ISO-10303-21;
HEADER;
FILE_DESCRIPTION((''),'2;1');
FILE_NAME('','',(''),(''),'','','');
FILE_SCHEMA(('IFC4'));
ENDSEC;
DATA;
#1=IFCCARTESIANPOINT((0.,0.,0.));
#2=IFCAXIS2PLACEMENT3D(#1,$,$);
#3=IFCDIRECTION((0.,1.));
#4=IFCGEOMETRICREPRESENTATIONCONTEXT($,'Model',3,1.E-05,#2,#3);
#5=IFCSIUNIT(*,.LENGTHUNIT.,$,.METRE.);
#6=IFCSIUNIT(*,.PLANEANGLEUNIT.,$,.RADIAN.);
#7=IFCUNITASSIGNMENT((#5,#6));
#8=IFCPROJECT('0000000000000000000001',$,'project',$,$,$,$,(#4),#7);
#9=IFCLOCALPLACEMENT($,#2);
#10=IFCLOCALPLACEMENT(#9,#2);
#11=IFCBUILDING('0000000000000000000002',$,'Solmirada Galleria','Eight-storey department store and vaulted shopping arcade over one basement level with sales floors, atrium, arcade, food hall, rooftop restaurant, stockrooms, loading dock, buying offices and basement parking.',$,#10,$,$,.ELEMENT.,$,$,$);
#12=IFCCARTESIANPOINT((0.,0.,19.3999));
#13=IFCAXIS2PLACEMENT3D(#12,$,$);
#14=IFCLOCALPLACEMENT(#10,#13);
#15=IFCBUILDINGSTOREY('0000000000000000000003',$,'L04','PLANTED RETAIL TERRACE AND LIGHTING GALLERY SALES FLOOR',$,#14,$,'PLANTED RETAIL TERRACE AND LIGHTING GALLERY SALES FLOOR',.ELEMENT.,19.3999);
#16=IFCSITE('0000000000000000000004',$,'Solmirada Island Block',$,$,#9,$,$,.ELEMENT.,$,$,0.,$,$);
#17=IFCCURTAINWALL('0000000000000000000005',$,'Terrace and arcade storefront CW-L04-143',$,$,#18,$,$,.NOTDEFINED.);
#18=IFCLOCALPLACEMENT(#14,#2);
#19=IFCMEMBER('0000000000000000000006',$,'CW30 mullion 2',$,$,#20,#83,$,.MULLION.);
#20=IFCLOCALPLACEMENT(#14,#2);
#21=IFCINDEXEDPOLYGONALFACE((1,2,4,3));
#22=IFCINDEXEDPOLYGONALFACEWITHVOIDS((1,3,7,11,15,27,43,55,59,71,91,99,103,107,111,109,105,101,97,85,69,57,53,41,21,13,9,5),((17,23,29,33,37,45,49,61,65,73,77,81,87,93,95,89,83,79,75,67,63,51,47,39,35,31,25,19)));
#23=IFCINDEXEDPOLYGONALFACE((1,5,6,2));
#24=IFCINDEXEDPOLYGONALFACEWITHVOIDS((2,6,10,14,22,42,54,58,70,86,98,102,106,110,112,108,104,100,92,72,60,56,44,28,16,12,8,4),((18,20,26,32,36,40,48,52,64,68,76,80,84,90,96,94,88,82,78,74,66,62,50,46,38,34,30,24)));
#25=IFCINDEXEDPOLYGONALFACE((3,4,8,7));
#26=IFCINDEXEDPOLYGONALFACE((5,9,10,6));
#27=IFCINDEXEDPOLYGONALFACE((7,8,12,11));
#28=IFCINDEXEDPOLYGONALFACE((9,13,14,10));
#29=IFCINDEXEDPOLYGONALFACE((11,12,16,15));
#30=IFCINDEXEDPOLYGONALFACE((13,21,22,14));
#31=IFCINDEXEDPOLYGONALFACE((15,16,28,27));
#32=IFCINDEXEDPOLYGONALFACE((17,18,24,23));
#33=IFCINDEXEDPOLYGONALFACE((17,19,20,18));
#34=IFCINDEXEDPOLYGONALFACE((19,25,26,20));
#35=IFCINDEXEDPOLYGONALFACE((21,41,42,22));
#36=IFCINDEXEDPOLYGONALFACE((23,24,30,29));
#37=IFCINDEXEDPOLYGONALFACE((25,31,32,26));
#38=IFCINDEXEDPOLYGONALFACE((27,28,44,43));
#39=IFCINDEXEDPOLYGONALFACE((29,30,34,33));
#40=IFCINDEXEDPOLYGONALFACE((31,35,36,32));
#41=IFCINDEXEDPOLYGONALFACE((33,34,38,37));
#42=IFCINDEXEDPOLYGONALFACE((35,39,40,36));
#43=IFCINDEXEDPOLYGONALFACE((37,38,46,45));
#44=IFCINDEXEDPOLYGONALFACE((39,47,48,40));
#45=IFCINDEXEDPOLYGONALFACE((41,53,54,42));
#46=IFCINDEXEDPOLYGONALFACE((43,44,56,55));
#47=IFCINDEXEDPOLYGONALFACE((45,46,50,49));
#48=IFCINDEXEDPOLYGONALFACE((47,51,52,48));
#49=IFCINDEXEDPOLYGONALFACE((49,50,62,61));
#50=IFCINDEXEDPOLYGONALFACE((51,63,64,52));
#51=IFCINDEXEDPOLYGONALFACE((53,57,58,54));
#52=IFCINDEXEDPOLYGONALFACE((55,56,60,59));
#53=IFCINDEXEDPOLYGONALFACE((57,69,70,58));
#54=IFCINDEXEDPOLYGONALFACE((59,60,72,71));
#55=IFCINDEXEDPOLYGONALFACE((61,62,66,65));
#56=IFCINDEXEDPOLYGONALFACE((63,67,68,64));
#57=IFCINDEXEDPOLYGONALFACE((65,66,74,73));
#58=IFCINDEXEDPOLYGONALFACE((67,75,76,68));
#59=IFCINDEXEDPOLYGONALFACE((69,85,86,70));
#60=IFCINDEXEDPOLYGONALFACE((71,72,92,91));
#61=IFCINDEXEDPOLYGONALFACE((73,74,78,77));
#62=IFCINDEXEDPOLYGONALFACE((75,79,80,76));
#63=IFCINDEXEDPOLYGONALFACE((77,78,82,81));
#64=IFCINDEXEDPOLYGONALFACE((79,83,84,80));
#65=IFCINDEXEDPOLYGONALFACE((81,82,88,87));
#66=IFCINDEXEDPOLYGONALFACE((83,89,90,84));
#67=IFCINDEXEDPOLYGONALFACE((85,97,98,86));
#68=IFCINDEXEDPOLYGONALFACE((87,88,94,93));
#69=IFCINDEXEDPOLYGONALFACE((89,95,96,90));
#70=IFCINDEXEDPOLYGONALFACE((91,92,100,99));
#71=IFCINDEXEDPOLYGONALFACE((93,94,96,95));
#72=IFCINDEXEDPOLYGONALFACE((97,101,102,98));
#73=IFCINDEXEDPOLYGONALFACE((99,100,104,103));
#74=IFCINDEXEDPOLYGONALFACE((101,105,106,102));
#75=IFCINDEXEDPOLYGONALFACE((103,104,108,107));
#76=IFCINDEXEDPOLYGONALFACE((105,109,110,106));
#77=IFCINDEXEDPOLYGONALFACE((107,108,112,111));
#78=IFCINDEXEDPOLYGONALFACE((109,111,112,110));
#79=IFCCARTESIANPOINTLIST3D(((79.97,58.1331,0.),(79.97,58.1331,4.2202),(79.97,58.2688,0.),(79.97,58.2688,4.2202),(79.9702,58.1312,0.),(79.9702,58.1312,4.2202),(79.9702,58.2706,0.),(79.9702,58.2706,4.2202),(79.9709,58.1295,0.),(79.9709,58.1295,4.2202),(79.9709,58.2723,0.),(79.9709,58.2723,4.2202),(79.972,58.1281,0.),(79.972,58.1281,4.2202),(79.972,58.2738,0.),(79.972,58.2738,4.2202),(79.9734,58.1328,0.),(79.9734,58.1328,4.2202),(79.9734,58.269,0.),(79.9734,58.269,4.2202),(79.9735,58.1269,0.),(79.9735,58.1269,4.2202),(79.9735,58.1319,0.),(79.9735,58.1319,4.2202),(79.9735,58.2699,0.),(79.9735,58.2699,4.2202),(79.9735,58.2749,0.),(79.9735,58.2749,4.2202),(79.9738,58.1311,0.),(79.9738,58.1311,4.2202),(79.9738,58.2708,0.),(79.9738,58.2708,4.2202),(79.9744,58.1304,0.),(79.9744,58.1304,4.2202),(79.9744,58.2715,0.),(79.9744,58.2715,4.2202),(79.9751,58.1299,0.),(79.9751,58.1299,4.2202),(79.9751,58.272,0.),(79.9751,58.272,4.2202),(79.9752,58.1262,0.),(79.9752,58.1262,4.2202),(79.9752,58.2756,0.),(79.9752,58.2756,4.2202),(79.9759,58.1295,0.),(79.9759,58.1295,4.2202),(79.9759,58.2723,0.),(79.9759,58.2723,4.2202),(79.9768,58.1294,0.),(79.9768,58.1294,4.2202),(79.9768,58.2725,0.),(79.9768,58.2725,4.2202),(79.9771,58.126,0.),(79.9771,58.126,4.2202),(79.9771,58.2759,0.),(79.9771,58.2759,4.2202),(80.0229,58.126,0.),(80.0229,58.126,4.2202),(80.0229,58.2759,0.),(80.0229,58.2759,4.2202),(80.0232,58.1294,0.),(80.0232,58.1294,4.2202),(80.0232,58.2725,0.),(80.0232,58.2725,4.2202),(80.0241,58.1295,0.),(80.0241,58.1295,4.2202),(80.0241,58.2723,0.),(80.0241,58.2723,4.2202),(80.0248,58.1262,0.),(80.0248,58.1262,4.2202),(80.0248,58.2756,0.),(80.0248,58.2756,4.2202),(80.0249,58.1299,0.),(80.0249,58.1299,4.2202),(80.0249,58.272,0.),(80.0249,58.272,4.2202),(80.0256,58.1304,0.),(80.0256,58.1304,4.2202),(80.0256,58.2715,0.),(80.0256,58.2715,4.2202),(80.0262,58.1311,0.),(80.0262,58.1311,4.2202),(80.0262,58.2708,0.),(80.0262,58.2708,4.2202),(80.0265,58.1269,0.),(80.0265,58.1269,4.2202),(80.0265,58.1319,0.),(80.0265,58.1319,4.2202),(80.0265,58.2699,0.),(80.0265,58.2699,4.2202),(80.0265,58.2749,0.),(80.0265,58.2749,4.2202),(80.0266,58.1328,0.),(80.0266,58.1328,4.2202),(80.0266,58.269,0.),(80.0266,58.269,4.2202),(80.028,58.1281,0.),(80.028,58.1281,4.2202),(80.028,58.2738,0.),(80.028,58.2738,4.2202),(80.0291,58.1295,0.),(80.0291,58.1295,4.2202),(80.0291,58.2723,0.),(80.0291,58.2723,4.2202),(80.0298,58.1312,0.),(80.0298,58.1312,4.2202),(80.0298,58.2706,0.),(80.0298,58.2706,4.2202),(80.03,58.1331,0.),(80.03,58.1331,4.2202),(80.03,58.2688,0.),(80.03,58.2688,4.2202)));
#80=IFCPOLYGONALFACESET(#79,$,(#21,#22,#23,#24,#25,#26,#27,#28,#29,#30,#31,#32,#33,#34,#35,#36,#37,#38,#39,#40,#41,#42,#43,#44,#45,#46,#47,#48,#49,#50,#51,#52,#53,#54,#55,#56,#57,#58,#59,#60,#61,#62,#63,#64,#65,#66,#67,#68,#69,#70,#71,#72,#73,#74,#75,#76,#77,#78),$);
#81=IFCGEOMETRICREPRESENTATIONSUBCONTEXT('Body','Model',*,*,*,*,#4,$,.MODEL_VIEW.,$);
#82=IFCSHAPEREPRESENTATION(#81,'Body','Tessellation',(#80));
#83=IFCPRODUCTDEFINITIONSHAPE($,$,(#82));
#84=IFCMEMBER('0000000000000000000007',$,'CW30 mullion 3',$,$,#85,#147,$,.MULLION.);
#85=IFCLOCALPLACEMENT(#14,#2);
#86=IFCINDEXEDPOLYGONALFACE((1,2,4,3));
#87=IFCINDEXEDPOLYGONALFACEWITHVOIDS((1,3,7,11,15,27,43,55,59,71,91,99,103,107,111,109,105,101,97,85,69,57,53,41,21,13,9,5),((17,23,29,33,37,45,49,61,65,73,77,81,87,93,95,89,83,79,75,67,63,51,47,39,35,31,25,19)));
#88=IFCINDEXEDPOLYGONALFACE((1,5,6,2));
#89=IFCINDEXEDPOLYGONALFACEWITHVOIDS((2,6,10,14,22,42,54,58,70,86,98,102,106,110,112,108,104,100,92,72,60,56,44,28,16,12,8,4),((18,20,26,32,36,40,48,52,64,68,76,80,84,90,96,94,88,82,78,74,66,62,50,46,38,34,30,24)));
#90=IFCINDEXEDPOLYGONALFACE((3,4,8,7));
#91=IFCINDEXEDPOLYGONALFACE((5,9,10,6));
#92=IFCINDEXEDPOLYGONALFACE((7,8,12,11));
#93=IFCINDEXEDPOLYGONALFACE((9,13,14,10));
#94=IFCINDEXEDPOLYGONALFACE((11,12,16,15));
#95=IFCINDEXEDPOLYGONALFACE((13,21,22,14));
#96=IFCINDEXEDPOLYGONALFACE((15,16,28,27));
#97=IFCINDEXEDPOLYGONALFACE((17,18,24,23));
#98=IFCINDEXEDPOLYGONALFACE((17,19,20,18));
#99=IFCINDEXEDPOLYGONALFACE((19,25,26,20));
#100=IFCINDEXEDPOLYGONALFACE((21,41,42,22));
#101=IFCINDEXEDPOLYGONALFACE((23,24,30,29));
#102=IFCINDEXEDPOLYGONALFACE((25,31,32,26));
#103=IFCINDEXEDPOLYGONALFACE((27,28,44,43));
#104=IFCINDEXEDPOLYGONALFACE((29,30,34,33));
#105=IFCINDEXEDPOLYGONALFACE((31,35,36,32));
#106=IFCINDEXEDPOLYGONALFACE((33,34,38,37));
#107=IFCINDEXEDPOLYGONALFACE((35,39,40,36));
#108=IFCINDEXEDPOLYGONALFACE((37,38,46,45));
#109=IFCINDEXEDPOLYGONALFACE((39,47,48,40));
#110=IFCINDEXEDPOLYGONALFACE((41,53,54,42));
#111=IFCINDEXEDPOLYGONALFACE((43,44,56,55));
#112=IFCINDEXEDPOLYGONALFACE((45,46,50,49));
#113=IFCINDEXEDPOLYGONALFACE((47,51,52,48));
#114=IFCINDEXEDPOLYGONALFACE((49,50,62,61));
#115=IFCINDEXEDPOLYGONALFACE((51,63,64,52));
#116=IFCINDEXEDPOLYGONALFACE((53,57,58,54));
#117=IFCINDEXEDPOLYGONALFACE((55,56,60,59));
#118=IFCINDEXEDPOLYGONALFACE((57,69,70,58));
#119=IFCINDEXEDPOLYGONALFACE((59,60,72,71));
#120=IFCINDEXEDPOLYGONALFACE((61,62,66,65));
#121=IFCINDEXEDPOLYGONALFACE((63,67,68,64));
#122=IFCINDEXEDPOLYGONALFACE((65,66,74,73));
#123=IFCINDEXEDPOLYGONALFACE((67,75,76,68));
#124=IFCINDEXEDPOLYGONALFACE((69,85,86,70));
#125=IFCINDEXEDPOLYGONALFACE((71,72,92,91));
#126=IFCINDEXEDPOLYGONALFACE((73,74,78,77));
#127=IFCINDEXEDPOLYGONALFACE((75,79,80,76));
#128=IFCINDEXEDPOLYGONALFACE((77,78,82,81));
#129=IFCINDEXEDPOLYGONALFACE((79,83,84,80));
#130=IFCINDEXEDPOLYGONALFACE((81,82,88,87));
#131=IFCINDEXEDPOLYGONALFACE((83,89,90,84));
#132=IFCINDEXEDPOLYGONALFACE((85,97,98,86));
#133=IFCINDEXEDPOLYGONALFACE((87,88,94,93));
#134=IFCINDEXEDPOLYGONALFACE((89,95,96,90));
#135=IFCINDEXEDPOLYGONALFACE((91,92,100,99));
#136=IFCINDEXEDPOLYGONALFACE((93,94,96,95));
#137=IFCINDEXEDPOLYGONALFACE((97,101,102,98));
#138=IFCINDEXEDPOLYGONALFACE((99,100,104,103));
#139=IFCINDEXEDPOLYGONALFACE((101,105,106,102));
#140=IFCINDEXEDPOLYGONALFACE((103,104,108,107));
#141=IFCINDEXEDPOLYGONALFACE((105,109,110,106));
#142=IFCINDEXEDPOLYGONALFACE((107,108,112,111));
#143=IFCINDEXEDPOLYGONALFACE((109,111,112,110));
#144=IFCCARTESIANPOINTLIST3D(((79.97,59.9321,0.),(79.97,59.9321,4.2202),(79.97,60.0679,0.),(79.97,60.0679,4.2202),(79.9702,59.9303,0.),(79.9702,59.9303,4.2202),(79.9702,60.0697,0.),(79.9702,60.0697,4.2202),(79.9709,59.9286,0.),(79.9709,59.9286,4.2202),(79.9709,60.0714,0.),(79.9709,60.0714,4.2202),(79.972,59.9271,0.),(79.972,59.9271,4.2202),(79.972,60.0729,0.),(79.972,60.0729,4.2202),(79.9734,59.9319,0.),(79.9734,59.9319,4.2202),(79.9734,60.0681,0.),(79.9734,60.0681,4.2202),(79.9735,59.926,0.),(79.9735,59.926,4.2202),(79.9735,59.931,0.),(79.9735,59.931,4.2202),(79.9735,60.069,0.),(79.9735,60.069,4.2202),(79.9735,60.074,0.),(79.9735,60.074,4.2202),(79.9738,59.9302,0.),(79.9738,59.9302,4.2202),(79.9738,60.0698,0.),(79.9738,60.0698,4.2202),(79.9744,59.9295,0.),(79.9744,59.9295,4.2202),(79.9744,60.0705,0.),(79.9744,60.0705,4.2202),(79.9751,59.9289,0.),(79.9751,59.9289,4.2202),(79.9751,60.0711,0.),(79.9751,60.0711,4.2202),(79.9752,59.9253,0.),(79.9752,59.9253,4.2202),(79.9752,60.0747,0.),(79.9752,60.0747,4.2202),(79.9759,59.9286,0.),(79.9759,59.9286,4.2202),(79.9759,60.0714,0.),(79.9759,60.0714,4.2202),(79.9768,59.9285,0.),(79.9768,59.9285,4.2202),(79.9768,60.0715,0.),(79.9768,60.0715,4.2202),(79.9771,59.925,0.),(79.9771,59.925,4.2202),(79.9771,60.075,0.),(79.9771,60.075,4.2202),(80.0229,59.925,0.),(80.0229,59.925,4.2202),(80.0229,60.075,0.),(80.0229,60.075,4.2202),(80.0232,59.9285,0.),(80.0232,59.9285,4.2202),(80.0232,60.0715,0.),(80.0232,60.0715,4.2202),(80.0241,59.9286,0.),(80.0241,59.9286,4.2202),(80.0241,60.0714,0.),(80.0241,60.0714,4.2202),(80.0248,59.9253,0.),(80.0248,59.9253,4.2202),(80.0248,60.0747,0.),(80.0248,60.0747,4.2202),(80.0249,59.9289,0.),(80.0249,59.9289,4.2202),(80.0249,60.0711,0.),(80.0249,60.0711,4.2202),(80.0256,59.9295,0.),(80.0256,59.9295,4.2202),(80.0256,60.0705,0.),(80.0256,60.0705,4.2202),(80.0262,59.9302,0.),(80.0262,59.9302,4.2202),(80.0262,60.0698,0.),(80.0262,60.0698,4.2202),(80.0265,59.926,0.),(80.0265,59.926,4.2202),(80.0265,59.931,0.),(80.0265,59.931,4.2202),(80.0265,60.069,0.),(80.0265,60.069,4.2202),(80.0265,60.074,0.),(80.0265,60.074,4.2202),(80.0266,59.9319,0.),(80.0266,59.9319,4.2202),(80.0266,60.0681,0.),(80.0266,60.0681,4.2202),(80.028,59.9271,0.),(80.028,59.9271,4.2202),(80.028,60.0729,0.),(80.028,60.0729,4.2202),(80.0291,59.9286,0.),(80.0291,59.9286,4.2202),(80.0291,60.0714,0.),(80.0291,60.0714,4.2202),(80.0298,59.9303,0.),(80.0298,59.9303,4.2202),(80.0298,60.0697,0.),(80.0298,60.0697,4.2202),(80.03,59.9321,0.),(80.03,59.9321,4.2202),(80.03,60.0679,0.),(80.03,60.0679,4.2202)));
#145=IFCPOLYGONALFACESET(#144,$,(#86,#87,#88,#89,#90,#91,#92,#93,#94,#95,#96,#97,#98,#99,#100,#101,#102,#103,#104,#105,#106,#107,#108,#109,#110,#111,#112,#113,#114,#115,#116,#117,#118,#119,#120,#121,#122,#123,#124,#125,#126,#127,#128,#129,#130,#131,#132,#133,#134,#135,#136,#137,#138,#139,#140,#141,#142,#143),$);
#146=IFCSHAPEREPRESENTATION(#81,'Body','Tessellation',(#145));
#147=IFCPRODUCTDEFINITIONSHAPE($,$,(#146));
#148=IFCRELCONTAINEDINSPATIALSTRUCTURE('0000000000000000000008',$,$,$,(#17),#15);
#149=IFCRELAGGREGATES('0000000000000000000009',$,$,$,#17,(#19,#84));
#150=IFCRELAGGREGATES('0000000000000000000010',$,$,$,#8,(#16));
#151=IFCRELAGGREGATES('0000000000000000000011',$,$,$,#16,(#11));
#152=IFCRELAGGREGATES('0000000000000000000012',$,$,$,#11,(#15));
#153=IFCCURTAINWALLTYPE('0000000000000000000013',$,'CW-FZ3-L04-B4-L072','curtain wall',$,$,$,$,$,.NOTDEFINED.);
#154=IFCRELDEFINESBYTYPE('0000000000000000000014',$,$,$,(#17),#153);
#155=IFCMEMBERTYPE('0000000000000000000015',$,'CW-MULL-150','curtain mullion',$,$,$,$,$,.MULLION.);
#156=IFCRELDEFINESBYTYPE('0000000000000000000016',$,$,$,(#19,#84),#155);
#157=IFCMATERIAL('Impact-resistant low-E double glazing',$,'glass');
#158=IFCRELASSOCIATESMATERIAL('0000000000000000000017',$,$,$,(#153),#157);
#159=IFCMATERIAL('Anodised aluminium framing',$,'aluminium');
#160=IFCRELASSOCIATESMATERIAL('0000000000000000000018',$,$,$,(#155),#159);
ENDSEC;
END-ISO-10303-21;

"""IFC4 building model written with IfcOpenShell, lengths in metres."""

from ifc_helpers import new_model, si_unit, direction, frame, origin, origin_2d, place, context, subcontext, project, spatial, hollow_rectangle, extrude, material, material_profile, profile_set, type_object, element, aggregate, save


model = new_model("IFC4")

# Units and contexts
model_context = context("Model", 3, precision=1e-05, world=origin(), true_north=direction((0.0, 1.0)))
body_context = subcontext(model_context, "Body", "Model", "MODEL_VIEW")
ifc_project = project(units=[si_unit("LENGTHUNIT", "METRE"), si_unit("PLANEANGLEUNIT", "RADIAN")], contexts=[model_context])

# Site, building, storey
site_placement = place(None, origin())
site = spatial("IfcSite", under=ifc_project, at=site_placement, Name="Solmirada Island Block", CompositionType="ELEMENT", RefElevation=0.0)
building_placement = place(site_placement, origin())
building = spatial("IfcBuilding", under=site, at=building_placement, Name="Solmirada Galleria", Description="Eight-storey department store and vaulted shopping arcade over one basement level with sales floors, atrium, arcade, food hall, rooftop restaurant, stockrooms, loading dock, buying offices and basement parking.", CompositionType="ELEMENT")
storey_placement = place(building_placement, frame((0.0, 0.0, 19.3999)))
storey = spatial("IfcBuildingStorey", under=building, at=storey_placement, Name="L04", Description="PLANTED RETAIL TERRACE AND LIGHTING GALLERY SALES FLOOR", LongName="PLANTED RETAIL TERRACE AND LIGHTING GALLERY SALES FLOOR", CompositionType="ELEMENT", Elevation=19.3999)

# Curtain wall, members
ifc_material_1 = material(Name="Impact-resistant low-E double glazing", Category="glass")
curtain_wall_type = type_object("IfcCurtainWallType", Name="CW-FZ3-L04-B4-L072", Description="curtain wall", PredefinedType="NOTDEFINED", material=ifc_material_1)
curtain_wall_placement = place(storey_placement, origin())
curtain_wall = element("IfcCurtainWall", 1, at=curtain_wall_placement, inside=storey, type_object=curtain_wall_type, Name="Terrace and arcade storefront CW-L04-143", PredefinedType="NOTDEFINED")
ifc_material_2 = material(Name="Anodised aluminium framing", Category="aluminium")
ifc_material_profile_1 = material_profile(ifc_material_2, hollow_rectangle(XDim=0.0601, YDim=0.1499, WallThickness=0.0034, InnerFilletRadius=0.0034, OuterFilletRadius=0.0071, at=origin_2d()), Name="ALU-MULL-150X60")
ifc_profile_set_1 = profile_set([ifc_material_profile_1], Name="Anodised aluminium framing")
member_type_1 = type_object("IfcMemberType", Name="CW-MULL-150", Description="curtain mullion", PredefinedType="MULLION", material=ifc_profile_set_1)
member_1_placement = place(storey_placement, frame((80.0, 58.2009, 0.0), z_axis=(0.0, 0.0, 1.0), x_axis=(-1.0, 0.0, 0.0)))
member_1 = element("IfcMember", 2, at=member_1_placement, type_object=member_type_1, Name="CW30 mullion 2", PredefinedType="MULLION", context=body_context, shape_type="SweptSolid", body=[
    extrude(hollow_rectangle(XDim=0.0601, YDim=0.1499, WallThickness=0.0034, InnerFilletRadius=0.0034, OuterFilletRadius=0.0071, at=origin_2d()), origin(), (0.0, 0.0, 1.0), 4.2202),
])
member_2_placement = place(storey_placement, frame((80.0, 60.0, 0.0), z_axis=(0.0, 0.0, 1.0), x_axis=(-1.0, 0.0, 0.0)))
member_2 = element("IfcMember", 3, at=member_2_placement, type_object=member_type_1, Name="CW30 mullion 3", PredefinedType="MULLION", context=body_context, shape_type="SweptSolid", body=[
    extrude(hollow_rectangle(XDim=0.0601, YDim=0.1499, WallThickness=0.0034, InnerFilletRadius=0.0034, OuterFilletRadius=0.0071, at=origin_2d()), origin(), (0.0, 0.0, 1.0), 4.2202),
])
aggregate(curtain_wall, [member_1, member_2])

save(model, "model.ifc")
